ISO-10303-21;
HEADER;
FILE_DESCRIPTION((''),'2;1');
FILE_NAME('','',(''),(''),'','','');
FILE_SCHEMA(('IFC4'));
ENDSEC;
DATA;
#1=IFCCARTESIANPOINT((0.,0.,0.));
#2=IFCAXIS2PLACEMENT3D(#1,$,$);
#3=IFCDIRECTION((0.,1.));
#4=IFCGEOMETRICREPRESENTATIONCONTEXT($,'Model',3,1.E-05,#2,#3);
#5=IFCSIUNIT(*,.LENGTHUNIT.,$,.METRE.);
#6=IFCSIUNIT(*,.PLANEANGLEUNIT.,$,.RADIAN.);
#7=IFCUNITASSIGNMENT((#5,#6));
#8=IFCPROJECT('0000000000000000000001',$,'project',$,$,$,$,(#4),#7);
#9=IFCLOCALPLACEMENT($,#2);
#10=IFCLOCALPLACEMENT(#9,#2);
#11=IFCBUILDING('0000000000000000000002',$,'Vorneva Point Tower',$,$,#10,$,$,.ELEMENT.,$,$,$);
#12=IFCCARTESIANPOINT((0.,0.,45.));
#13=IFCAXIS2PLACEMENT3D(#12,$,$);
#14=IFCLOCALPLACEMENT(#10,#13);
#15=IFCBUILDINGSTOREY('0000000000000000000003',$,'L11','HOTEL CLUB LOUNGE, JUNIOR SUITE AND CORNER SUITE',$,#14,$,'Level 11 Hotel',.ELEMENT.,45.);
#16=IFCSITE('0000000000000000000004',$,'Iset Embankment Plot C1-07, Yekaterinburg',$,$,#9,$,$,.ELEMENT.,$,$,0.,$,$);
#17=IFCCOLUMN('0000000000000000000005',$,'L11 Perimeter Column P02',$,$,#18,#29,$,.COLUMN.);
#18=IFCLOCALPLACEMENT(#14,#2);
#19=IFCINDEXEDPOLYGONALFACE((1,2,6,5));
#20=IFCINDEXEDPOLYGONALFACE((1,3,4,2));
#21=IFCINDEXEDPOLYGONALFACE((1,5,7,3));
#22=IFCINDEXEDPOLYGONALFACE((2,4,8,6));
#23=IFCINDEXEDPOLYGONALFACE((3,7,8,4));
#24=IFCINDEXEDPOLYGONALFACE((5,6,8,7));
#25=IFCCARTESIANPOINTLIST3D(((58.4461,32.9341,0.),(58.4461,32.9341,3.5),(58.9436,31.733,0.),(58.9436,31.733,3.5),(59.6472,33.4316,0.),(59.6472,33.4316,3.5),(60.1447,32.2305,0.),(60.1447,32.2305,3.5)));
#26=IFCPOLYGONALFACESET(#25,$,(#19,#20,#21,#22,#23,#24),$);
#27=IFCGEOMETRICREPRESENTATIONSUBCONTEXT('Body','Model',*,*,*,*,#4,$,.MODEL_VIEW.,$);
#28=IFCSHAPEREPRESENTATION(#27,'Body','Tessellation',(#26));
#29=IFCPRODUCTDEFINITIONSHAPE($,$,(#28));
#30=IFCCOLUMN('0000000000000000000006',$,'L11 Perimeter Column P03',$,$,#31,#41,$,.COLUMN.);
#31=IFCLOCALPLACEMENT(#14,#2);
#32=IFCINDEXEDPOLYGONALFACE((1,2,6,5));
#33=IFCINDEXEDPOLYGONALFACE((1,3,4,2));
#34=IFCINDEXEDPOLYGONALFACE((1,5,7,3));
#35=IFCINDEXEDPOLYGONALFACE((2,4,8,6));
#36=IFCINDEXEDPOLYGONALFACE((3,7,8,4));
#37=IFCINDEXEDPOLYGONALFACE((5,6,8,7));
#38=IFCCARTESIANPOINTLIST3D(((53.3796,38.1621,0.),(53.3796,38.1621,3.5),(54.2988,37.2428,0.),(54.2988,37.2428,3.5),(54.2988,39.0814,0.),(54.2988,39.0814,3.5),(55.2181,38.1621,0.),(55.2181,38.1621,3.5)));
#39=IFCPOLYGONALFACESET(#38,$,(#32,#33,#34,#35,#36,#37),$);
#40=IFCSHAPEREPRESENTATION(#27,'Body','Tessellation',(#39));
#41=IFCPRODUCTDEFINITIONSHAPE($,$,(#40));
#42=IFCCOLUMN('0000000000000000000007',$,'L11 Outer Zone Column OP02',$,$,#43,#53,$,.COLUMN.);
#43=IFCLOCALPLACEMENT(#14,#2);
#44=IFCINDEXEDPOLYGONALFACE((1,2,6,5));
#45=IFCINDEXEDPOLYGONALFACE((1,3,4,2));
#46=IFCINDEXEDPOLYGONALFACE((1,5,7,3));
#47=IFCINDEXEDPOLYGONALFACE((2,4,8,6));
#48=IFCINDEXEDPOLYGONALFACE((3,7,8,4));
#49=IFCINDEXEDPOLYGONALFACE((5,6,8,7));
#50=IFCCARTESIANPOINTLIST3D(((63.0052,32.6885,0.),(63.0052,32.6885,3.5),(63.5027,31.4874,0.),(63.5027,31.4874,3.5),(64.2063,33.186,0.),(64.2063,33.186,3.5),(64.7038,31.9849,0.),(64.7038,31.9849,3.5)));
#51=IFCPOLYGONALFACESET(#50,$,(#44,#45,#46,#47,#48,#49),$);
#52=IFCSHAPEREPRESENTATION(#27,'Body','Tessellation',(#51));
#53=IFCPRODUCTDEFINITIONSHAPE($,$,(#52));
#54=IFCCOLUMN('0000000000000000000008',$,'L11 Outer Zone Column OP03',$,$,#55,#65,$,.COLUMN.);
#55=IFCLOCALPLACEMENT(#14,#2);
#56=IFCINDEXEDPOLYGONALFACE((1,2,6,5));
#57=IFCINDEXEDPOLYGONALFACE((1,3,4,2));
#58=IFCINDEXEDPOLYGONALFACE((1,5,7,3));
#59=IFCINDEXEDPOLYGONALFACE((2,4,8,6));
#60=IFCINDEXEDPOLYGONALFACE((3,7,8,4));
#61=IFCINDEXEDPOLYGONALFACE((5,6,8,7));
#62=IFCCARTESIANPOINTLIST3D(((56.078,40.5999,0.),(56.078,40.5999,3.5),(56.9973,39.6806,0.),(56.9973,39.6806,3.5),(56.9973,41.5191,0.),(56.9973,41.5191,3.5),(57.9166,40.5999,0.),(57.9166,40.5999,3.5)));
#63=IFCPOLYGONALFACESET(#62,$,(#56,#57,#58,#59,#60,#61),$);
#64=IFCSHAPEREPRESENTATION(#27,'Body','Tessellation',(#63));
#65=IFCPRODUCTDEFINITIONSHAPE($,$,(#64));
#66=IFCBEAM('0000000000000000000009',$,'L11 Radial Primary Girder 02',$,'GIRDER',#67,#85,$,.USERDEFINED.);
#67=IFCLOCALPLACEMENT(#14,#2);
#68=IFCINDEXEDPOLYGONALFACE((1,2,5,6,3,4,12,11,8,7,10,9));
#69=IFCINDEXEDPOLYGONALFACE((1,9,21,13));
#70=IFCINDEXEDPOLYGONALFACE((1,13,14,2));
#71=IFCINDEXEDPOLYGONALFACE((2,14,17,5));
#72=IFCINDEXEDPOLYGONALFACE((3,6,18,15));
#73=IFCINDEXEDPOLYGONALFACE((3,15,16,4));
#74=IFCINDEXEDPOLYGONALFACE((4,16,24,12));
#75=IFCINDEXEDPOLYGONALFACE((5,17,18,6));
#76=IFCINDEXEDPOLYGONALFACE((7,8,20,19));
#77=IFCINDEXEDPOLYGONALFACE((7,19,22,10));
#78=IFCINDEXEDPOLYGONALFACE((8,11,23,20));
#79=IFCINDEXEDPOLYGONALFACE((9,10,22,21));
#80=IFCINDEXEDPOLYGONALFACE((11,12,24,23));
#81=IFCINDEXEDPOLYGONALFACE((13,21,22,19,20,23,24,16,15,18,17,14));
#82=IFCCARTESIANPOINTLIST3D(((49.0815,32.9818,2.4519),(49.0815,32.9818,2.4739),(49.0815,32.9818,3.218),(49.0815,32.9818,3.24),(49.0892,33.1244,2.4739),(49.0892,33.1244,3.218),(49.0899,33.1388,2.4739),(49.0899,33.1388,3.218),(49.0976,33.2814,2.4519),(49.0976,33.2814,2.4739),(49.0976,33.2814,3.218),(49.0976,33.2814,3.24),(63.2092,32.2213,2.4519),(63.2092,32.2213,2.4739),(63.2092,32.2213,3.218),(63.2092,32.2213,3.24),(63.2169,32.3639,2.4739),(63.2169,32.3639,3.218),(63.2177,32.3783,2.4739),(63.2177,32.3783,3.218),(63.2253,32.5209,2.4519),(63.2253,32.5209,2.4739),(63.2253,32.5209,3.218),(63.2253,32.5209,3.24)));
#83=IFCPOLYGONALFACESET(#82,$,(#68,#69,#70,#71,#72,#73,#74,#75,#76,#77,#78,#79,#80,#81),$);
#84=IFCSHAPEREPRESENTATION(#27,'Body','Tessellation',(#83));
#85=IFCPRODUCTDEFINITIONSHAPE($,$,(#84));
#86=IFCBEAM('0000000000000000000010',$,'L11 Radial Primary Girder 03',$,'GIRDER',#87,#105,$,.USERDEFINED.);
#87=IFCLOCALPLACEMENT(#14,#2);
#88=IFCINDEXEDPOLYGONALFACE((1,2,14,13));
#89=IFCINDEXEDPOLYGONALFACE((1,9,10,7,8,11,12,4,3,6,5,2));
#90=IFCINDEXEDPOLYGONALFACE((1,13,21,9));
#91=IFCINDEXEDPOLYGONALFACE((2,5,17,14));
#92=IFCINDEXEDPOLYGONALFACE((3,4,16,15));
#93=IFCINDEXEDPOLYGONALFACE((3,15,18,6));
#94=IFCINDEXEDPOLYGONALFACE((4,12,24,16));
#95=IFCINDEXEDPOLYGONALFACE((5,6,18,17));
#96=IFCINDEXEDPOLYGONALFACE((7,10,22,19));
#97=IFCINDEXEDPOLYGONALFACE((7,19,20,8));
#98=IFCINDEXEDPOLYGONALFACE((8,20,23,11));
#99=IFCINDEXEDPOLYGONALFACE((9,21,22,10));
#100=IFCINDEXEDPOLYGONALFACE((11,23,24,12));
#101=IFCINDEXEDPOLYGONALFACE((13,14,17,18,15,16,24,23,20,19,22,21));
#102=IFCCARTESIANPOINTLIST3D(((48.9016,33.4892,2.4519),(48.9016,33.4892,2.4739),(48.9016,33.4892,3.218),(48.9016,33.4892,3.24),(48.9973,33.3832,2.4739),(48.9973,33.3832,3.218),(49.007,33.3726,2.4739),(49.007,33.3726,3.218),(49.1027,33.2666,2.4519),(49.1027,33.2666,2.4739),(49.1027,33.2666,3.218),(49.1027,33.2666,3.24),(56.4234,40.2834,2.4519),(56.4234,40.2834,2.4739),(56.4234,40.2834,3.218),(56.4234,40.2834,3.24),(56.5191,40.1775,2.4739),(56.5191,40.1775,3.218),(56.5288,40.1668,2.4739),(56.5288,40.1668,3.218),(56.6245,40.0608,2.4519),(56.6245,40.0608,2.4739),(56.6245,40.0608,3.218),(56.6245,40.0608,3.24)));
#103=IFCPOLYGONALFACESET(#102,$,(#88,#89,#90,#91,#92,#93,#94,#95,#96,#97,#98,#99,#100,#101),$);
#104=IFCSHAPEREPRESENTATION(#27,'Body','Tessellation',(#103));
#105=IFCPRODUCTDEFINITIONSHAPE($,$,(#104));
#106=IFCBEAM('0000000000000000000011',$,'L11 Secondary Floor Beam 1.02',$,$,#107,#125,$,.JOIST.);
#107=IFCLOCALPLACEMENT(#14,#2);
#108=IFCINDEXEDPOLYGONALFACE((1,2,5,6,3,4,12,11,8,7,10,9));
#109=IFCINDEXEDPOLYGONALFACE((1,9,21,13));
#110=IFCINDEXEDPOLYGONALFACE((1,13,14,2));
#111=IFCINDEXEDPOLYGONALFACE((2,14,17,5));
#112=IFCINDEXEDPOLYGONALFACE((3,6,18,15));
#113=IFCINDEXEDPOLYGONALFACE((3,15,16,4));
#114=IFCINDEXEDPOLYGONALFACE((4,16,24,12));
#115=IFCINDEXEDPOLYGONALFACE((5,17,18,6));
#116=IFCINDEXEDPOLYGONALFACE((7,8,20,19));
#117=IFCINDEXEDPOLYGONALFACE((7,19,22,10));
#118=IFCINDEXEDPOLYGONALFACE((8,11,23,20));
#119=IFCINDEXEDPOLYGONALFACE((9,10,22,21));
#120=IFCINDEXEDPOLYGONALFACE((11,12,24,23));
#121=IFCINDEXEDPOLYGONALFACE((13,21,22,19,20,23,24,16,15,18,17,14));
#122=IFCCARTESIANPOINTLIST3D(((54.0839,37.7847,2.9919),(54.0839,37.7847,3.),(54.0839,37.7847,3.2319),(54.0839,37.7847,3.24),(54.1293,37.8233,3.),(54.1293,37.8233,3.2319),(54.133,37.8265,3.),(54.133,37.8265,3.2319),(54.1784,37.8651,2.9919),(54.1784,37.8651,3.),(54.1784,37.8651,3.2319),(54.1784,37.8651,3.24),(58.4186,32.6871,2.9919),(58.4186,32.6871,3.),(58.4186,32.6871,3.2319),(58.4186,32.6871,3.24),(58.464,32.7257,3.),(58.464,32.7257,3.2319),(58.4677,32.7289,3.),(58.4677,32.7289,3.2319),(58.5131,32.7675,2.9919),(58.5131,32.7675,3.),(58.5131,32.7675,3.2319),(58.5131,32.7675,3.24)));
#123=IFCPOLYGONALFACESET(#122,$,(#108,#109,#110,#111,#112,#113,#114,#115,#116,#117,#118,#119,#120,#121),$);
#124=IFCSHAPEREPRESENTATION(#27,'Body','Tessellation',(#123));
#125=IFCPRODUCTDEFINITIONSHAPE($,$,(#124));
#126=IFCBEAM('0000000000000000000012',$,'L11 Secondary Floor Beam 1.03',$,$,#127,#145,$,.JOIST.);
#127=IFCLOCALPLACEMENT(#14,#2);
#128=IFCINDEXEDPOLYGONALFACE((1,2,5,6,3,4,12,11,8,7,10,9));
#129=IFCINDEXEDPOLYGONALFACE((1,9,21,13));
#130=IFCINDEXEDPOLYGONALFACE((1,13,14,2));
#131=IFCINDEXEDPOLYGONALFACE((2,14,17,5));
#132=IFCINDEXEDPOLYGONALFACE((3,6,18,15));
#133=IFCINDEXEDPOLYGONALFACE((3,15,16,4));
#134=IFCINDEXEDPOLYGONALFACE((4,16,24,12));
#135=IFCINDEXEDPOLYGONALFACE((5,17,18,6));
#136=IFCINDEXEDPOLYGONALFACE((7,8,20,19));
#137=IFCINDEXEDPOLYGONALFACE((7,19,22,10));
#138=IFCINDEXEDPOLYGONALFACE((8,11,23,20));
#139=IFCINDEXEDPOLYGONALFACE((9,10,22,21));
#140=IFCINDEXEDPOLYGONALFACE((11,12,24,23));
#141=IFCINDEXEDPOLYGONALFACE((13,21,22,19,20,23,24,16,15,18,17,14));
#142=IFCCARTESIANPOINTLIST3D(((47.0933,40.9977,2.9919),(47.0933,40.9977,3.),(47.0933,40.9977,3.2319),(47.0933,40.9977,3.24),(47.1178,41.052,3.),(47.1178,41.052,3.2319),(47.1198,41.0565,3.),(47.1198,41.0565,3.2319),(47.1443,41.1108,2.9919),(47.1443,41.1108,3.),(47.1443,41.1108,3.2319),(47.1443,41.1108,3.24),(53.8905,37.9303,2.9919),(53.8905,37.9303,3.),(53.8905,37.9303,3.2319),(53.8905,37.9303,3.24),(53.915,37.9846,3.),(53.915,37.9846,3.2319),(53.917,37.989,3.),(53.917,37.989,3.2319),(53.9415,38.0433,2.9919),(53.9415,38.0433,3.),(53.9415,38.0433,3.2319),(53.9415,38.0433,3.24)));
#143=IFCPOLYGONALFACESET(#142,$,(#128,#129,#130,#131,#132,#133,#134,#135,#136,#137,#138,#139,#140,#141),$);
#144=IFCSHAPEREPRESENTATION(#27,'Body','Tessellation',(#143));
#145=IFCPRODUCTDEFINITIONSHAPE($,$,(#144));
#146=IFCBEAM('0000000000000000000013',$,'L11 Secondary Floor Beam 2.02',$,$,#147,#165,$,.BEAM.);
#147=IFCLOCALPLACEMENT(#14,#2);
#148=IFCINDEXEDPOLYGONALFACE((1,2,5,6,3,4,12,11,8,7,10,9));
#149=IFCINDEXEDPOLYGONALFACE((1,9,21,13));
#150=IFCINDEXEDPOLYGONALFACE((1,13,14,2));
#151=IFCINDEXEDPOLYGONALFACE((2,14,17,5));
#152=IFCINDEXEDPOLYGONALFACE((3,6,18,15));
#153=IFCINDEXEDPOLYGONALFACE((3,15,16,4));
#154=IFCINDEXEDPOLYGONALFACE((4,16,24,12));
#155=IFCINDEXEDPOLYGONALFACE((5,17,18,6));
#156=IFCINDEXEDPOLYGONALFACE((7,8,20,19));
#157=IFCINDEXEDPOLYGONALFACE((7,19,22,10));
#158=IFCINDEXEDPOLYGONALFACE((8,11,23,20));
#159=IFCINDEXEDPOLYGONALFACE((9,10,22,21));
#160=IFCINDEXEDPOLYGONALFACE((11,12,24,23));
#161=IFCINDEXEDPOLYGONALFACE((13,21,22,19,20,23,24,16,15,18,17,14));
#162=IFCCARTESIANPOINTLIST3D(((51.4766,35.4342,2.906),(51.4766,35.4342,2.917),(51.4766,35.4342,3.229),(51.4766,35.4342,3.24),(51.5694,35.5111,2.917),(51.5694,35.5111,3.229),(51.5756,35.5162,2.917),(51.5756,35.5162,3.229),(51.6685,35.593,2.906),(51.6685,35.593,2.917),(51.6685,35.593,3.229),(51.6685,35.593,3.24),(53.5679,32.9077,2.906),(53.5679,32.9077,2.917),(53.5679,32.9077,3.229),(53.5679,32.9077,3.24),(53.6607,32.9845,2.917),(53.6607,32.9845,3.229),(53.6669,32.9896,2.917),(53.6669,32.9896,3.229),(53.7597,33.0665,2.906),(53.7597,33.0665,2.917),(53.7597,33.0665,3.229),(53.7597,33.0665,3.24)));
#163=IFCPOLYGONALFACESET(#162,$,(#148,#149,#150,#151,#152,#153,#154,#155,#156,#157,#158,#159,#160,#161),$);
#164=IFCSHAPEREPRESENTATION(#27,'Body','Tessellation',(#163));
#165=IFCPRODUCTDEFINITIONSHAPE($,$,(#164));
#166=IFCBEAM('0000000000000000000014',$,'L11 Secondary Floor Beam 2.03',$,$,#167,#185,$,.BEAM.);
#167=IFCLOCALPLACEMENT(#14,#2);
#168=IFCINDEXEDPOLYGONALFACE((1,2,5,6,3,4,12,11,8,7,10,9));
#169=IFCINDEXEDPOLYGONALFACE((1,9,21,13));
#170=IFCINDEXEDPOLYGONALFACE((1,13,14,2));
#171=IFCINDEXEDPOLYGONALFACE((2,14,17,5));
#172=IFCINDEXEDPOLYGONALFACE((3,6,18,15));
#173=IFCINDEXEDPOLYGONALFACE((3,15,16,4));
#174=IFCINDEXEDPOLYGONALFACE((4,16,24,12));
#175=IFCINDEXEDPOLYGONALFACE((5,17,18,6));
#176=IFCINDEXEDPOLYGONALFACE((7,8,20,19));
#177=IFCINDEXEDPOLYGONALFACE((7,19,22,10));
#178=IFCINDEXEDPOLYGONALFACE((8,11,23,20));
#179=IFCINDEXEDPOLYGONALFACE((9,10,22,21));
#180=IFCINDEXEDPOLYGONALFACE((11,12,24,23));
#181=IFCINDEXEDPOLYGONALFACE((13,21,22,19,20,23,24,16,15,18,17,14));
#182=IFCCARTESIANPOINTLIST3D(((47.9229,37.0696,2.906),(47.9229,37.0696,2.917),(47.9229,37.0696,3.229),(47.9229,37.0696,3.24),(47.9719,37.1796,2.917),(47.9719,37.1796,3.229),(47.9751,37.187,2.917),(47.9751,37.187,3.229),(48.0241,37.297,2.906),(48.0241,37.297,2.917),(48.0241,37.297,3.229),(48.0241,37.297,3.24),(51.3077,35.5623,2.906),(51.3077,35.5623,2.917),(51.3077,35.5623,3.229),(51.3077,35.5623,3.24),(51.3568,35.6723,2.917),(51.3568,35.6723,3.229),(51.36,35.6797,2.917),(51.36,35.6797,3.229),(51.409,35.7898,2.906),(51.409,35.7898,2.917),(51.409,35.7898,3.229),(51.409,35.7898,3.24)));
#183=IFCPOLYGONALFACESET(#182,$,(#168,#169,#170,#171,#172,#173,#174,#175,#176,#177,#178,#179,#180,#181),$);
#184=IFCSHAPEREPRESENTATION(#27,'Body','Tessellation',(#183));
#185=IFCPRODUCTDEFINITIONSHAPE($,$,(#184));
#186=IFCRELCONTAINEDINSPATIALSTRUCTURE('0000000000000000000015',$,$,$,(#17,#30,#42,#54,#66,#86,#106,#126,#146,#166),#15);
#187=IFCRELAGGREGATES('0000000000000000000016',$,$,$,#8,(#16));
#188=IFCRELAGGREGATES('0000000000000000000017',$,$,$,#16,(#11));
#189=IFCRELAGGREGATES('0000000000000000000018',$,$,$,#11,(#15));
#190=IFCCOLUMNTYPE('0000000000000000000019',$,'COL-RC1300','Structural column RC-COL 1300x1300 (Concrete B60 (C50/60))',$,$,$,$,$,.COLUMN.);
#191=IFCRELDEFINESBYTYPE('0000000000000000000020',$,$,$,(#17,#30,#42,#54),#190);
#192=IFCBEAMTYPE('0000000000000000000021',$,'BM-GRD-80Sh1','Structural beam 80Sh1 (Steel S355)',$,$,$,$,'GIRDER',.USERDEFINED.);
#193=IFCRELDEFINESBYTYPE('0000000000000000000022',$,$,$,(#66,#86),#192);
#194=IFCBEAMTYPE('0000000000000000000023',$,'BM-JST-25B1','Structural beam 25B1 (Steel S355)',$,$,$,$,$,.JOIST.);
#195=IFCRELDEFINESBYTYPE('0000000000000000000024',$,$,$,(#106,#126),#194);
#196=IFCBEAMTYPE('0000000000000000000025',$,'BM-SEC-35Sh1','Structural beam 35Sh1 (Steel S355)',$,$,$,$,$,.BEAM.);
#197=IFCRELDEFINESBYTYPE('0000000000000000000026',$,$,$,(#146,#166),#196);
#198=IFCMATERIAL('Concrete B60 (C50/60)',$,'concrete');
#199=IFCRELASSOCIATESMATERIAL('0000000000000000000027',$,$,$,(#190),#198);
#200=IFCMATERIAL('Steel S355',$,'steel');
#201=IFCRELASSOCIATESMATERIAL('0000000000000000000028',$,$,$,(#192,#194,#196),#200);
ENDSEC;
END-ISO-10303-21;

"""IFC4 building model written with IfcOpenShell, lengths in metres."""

from ifc_helpers import new_model, si_unit, direction, frame, origin, origin_2d, place, context, subcontext, project, spatial, rectangle, i_section, extrude, material, material_profile, profile_set, type_object, element, save


model = new_model("IFC4")

# Units and contexts
model_context = context("Model", 3, precision=1e-05, world=origin(), true_north=direction((0.0, 1.0)))
body_context = subcontext(model_context, "Body", "Model", "MODEL_VIEW")
ifc_project = project(units=[si_unit("LENGTHUNIT", "METRE"), si_unit("PLANEANGLEUNIT", "RADIAN")], contexts=[model_context])

# Site, building, storey
site_placement = place(None, origin())
site = spatial("IfcSite", under=ifc_project, at=site_placement, Name="Iset Embankment Plot C1-07, Yekaterinburg", CompositionType="ELEMENT", RefElevation=0.0)
building_placement = place(site_placement, origin())
building = spatial("IfcBuilding", under=site, at=building_placement, Name="Vorneva Point Tower", CompositionType="ELEMENT")
storey_placement = place(building_placement, frame((0.0, 0.0, 45.0)))
storey = spatial("IfcBuildingStorey", under=building, at=storey_placement, Name="L11", Description="HOTEL CLUB LOUNGE, JUNIOR SUITE AND CORNER SUITE", LongName="Level 11 Hotel", CompositionType="ELEMENT", Elevation=45.0)

# Columns
ifc_material_1 = material(Name="Concrete B60 (C50/60)", Category="concrete")
ifc_material_profile_1 = material_profile(ifc_material_1, rectangle(XDim=1.3, YDim=1.3, at=origin_2d()), Name="RC-COL 1300x1300")
ifc_profile_set_1 = profile_set([ifc_material_profile_1], Name="Concrete B60 (C50/60)")
column_type = type_object("IfcColumnType", Name="COL-RC1300", Description="Structural column RC-COL 1300x1300 (Concrete B60 (C50/60))", PredefinedType="COLUMN", material=ifc_profile_set_1)
for number, where, z_axis, x_axis, name in (
    (1, (59.2954, 32.5823, 0.0), (0.0, 0.0, 1.0), (0.92388, 0.382683, 0.0), "L11 Perimeter Column P02"),
    (2, (54.2988, 38.1621, 0.0), (0.0, 0.0, 1.0), (0.707107, 0.707107, 0.0), "L11 Perimeter Column P03"),
    (3, (63.8545, 32.3367, 0.0), (0.0, 0.0, 1.0), (0.92388, 0.382683, 0.0), "L11 Outer Zone Column OP02"),
    (4, (56.9973, 40.5999, 0.0), (0.0, 0.0, 1.0), (0.707107, 0.707107, 0.0), "L11 Outer Zone Column OP03"),
):
    element("IfcColumn", number, at=place(storey_placement, frame(where, z_axis=z_axis, x_axis=x_axis)), inside=storey, type_object=column_type, Name=name, PredefinedType="COLUMN", context=body_context, shape_type="SweptSolid", body=[
        extrude(rectangle(XDim=1.3, YDim=1.3, at=origin_2d()), origin(), (0.0, 0.0, 1.0), 3.5),
    ])

# Beams
ifc_material_2 = material(Name="Steel S355", Category="steel")
ifc_material_profile_2 = material_profile(ifc_material_2, i_section(OverallWidth=0.3, OverallDepth=0.7881, WebThickness=0.0144, FlangeThickness=0.022, at=origin_2d()), Name="80Sh1")
ifc_profile_set_2 = profile_set([ifc_material_profile_2], Name="Steel S355")
beam_type_1 = type_object("IfcBeamType", Name="BM-GRD-80Sh1", Description="Structural beam 80Sh1 (Steel S355)", ElementType="GIRDER", PredefinedType="USERDEFINED", material=ifc_profile_set_2)
beam_1_placement = place(storey_placement, frame((63.2173, 32.3711, 2.8459), z_axis=(-0.998554, 0.053753, 0.0), x_axis=(-0.053753, -0.998554, 0.0)))
element("IfcBeam", 5, at=beam_1_placement, inside=storey, type_object=beam_type_1, Name="L11 Radial Primary Girder 02", ObjectType="GIRDER", PredefinedType="USERDEFINED", context=body_context, shape_type="SweptSolid", body=[
    extrude(i_section(OverallWidth=0.3, OverallDepth=0.7881, WebThickness=0.0144, FlangeThickness=0.022, at=origin_2d()), origin(), (0.0, 0.0, 1.0), 14.1482),
])
beam_2_placement = place(storey_placement, frame((56.5239, 40.1721, 2.8459), z_axis=(-0.742084, -0.670306, 0.0), x_axis=(0.670306, -0.742084, 0.0)))
element("IfcBeam", 6, at=beam_2_placement, inside=storey, type_object=beam_type_1, Name="L11 Radial Primary Girder 03", ObjectType="GIRDER", PredefinedType="USERDEFINED", context=body_context, shape_type="SweptSolid", body=[
    extrude(i_section(OverallWidth=0.3, OverallDepth=0.7881, WebThickness=0.0144, FlangeThickness=0.022, at=origin_2d()), origin(), (0.0, 0.0, 1.0), 10.136),
])
ifc_material_profile_3 = material_profile(ifc_material_2, i_section(OverallWidth=0.124, OverallDepth=0.248, WebThickness=0.0049, FlangeThickness=0.0081, at=origin_2d()), Name="25B1")
ifc_profile_set_3 = profile_set([ifc_material_profile_3], Name="Steel S355")
beam_type_2 = type_object("IfcBeamType", Name="BM-JST-25B1", Description="Structural beam 25B1 (Steel S355)", PredefinedType="JOIST", material=ifc_profile_set_3)
beam_3_placement = place(storey_placement, frame((58.4658, 32.7273, 3.116), z_axis=(-0.647797, 0.761813, 0.0), x_axis=(-0.761813, -0.647797, 0.0)))
element("IfcBeam", 7, at=beam_3_placement, inside=storey, type_object=beam_type_2, Name="L11 Secondary Floor Beam 1.02", PredefinedType="JOIST", context=body_context, shape_type="SweptSolid", body=[
    extrude(i_section(OverallWidth=0.124, OverallDepth=0.248, WebThickness=0.0049, FlangeThickness=0.0081, at=origin_2d()), origin(), (0.0, 0.0, 1.0), 6.6914),
])
beam_4_placement = place(storey_placement, frame((53.916, 37.9868, 3.116), z_axis=(-0.911485, 0.411332, 0.0), x_axis=(-0.411332, -0.911485, 0.0)))
element("IfcBeam", 8, at=beam_4_placement, inside=storey, type_object=beam_type_2, Name="L11 Secondary Floor Beam 1.03", PredefinedType="JOIST", context=body_context, shape_type="SweptSolid", body=[
    extrude(i_section(OverallWidth=0.124, OverallDepth=0.248, WebThickness=0.0049, FlangeThickness=0.0081, at=origin_2d()), origin(), (0.0, 0.0, 1.0), 7.4573),
])
ifc_material_profile_4 = material_profile(ifc_material_2, i_section(OverallWidth=0.249, OverallDepth=0.334, WebThickness=0.0081, FlangeThickness=0.011, at=origin_2d()), Name="35Sh1")
ifc_profile_set_4 = profile_set([ifc_material_profile_4], Name="Steel S355")
beam_type_3 = type_object("IfcBeamType", Name="BM-SEC-35Sh1", Description="Structural beam 35Sh1 (Steel S355)", PredefinedType="BEAM", material=ifc_profile_set_4)
beam_5_placement = place(storey_placement, frame((53.6638, 32.9871, 3.073), z_axis=(-0.637626, 0.770346, 0.0), x_axis=(-0.770346, -0.637626, 0.0)))
element("IfcBeam", 9, at=beam_5_placement, inside=storey, type_object=beam_type_3, Name="L11 Secondary Floor Beam 2.02", PredefinedType="BEAM", context=body_context, shape_type="SweptSolid", body=[
    extrude(i_section(OverallWidth=0.249, OverallDepth=0.334, WebThickness=0.0081, FlangeThickness=0.011, at=origin_2d()), origin(), (0.0, 0.0, 1.0), 3.2798),
])
beam_6_placement = place(storey_placement, frame((51.3584, 35.676, 3.073), z_axis=(-0.913523, 0.406786, 0.0), x_axis=(-0.406786, -0.913523, 0.0)))
element("IfcBeam", 10, at=beam_6_placement, inside=storey, type_object=beam_type_3, Name="L11 Secondary Floor Beam 2.03", PredefinedType="BEAM", context=body_context, shape_type="SweptSolid", body=[
    extrude(i_section(OverallWidth=0.249, OverallDepth=0.334, WebThickness=0.0081, FlangeThickness=0.011, at=origin_2d()), origin(), (0.0, 0.0, 1.0), 3.7053),
])

save(model, "model.ifc")
